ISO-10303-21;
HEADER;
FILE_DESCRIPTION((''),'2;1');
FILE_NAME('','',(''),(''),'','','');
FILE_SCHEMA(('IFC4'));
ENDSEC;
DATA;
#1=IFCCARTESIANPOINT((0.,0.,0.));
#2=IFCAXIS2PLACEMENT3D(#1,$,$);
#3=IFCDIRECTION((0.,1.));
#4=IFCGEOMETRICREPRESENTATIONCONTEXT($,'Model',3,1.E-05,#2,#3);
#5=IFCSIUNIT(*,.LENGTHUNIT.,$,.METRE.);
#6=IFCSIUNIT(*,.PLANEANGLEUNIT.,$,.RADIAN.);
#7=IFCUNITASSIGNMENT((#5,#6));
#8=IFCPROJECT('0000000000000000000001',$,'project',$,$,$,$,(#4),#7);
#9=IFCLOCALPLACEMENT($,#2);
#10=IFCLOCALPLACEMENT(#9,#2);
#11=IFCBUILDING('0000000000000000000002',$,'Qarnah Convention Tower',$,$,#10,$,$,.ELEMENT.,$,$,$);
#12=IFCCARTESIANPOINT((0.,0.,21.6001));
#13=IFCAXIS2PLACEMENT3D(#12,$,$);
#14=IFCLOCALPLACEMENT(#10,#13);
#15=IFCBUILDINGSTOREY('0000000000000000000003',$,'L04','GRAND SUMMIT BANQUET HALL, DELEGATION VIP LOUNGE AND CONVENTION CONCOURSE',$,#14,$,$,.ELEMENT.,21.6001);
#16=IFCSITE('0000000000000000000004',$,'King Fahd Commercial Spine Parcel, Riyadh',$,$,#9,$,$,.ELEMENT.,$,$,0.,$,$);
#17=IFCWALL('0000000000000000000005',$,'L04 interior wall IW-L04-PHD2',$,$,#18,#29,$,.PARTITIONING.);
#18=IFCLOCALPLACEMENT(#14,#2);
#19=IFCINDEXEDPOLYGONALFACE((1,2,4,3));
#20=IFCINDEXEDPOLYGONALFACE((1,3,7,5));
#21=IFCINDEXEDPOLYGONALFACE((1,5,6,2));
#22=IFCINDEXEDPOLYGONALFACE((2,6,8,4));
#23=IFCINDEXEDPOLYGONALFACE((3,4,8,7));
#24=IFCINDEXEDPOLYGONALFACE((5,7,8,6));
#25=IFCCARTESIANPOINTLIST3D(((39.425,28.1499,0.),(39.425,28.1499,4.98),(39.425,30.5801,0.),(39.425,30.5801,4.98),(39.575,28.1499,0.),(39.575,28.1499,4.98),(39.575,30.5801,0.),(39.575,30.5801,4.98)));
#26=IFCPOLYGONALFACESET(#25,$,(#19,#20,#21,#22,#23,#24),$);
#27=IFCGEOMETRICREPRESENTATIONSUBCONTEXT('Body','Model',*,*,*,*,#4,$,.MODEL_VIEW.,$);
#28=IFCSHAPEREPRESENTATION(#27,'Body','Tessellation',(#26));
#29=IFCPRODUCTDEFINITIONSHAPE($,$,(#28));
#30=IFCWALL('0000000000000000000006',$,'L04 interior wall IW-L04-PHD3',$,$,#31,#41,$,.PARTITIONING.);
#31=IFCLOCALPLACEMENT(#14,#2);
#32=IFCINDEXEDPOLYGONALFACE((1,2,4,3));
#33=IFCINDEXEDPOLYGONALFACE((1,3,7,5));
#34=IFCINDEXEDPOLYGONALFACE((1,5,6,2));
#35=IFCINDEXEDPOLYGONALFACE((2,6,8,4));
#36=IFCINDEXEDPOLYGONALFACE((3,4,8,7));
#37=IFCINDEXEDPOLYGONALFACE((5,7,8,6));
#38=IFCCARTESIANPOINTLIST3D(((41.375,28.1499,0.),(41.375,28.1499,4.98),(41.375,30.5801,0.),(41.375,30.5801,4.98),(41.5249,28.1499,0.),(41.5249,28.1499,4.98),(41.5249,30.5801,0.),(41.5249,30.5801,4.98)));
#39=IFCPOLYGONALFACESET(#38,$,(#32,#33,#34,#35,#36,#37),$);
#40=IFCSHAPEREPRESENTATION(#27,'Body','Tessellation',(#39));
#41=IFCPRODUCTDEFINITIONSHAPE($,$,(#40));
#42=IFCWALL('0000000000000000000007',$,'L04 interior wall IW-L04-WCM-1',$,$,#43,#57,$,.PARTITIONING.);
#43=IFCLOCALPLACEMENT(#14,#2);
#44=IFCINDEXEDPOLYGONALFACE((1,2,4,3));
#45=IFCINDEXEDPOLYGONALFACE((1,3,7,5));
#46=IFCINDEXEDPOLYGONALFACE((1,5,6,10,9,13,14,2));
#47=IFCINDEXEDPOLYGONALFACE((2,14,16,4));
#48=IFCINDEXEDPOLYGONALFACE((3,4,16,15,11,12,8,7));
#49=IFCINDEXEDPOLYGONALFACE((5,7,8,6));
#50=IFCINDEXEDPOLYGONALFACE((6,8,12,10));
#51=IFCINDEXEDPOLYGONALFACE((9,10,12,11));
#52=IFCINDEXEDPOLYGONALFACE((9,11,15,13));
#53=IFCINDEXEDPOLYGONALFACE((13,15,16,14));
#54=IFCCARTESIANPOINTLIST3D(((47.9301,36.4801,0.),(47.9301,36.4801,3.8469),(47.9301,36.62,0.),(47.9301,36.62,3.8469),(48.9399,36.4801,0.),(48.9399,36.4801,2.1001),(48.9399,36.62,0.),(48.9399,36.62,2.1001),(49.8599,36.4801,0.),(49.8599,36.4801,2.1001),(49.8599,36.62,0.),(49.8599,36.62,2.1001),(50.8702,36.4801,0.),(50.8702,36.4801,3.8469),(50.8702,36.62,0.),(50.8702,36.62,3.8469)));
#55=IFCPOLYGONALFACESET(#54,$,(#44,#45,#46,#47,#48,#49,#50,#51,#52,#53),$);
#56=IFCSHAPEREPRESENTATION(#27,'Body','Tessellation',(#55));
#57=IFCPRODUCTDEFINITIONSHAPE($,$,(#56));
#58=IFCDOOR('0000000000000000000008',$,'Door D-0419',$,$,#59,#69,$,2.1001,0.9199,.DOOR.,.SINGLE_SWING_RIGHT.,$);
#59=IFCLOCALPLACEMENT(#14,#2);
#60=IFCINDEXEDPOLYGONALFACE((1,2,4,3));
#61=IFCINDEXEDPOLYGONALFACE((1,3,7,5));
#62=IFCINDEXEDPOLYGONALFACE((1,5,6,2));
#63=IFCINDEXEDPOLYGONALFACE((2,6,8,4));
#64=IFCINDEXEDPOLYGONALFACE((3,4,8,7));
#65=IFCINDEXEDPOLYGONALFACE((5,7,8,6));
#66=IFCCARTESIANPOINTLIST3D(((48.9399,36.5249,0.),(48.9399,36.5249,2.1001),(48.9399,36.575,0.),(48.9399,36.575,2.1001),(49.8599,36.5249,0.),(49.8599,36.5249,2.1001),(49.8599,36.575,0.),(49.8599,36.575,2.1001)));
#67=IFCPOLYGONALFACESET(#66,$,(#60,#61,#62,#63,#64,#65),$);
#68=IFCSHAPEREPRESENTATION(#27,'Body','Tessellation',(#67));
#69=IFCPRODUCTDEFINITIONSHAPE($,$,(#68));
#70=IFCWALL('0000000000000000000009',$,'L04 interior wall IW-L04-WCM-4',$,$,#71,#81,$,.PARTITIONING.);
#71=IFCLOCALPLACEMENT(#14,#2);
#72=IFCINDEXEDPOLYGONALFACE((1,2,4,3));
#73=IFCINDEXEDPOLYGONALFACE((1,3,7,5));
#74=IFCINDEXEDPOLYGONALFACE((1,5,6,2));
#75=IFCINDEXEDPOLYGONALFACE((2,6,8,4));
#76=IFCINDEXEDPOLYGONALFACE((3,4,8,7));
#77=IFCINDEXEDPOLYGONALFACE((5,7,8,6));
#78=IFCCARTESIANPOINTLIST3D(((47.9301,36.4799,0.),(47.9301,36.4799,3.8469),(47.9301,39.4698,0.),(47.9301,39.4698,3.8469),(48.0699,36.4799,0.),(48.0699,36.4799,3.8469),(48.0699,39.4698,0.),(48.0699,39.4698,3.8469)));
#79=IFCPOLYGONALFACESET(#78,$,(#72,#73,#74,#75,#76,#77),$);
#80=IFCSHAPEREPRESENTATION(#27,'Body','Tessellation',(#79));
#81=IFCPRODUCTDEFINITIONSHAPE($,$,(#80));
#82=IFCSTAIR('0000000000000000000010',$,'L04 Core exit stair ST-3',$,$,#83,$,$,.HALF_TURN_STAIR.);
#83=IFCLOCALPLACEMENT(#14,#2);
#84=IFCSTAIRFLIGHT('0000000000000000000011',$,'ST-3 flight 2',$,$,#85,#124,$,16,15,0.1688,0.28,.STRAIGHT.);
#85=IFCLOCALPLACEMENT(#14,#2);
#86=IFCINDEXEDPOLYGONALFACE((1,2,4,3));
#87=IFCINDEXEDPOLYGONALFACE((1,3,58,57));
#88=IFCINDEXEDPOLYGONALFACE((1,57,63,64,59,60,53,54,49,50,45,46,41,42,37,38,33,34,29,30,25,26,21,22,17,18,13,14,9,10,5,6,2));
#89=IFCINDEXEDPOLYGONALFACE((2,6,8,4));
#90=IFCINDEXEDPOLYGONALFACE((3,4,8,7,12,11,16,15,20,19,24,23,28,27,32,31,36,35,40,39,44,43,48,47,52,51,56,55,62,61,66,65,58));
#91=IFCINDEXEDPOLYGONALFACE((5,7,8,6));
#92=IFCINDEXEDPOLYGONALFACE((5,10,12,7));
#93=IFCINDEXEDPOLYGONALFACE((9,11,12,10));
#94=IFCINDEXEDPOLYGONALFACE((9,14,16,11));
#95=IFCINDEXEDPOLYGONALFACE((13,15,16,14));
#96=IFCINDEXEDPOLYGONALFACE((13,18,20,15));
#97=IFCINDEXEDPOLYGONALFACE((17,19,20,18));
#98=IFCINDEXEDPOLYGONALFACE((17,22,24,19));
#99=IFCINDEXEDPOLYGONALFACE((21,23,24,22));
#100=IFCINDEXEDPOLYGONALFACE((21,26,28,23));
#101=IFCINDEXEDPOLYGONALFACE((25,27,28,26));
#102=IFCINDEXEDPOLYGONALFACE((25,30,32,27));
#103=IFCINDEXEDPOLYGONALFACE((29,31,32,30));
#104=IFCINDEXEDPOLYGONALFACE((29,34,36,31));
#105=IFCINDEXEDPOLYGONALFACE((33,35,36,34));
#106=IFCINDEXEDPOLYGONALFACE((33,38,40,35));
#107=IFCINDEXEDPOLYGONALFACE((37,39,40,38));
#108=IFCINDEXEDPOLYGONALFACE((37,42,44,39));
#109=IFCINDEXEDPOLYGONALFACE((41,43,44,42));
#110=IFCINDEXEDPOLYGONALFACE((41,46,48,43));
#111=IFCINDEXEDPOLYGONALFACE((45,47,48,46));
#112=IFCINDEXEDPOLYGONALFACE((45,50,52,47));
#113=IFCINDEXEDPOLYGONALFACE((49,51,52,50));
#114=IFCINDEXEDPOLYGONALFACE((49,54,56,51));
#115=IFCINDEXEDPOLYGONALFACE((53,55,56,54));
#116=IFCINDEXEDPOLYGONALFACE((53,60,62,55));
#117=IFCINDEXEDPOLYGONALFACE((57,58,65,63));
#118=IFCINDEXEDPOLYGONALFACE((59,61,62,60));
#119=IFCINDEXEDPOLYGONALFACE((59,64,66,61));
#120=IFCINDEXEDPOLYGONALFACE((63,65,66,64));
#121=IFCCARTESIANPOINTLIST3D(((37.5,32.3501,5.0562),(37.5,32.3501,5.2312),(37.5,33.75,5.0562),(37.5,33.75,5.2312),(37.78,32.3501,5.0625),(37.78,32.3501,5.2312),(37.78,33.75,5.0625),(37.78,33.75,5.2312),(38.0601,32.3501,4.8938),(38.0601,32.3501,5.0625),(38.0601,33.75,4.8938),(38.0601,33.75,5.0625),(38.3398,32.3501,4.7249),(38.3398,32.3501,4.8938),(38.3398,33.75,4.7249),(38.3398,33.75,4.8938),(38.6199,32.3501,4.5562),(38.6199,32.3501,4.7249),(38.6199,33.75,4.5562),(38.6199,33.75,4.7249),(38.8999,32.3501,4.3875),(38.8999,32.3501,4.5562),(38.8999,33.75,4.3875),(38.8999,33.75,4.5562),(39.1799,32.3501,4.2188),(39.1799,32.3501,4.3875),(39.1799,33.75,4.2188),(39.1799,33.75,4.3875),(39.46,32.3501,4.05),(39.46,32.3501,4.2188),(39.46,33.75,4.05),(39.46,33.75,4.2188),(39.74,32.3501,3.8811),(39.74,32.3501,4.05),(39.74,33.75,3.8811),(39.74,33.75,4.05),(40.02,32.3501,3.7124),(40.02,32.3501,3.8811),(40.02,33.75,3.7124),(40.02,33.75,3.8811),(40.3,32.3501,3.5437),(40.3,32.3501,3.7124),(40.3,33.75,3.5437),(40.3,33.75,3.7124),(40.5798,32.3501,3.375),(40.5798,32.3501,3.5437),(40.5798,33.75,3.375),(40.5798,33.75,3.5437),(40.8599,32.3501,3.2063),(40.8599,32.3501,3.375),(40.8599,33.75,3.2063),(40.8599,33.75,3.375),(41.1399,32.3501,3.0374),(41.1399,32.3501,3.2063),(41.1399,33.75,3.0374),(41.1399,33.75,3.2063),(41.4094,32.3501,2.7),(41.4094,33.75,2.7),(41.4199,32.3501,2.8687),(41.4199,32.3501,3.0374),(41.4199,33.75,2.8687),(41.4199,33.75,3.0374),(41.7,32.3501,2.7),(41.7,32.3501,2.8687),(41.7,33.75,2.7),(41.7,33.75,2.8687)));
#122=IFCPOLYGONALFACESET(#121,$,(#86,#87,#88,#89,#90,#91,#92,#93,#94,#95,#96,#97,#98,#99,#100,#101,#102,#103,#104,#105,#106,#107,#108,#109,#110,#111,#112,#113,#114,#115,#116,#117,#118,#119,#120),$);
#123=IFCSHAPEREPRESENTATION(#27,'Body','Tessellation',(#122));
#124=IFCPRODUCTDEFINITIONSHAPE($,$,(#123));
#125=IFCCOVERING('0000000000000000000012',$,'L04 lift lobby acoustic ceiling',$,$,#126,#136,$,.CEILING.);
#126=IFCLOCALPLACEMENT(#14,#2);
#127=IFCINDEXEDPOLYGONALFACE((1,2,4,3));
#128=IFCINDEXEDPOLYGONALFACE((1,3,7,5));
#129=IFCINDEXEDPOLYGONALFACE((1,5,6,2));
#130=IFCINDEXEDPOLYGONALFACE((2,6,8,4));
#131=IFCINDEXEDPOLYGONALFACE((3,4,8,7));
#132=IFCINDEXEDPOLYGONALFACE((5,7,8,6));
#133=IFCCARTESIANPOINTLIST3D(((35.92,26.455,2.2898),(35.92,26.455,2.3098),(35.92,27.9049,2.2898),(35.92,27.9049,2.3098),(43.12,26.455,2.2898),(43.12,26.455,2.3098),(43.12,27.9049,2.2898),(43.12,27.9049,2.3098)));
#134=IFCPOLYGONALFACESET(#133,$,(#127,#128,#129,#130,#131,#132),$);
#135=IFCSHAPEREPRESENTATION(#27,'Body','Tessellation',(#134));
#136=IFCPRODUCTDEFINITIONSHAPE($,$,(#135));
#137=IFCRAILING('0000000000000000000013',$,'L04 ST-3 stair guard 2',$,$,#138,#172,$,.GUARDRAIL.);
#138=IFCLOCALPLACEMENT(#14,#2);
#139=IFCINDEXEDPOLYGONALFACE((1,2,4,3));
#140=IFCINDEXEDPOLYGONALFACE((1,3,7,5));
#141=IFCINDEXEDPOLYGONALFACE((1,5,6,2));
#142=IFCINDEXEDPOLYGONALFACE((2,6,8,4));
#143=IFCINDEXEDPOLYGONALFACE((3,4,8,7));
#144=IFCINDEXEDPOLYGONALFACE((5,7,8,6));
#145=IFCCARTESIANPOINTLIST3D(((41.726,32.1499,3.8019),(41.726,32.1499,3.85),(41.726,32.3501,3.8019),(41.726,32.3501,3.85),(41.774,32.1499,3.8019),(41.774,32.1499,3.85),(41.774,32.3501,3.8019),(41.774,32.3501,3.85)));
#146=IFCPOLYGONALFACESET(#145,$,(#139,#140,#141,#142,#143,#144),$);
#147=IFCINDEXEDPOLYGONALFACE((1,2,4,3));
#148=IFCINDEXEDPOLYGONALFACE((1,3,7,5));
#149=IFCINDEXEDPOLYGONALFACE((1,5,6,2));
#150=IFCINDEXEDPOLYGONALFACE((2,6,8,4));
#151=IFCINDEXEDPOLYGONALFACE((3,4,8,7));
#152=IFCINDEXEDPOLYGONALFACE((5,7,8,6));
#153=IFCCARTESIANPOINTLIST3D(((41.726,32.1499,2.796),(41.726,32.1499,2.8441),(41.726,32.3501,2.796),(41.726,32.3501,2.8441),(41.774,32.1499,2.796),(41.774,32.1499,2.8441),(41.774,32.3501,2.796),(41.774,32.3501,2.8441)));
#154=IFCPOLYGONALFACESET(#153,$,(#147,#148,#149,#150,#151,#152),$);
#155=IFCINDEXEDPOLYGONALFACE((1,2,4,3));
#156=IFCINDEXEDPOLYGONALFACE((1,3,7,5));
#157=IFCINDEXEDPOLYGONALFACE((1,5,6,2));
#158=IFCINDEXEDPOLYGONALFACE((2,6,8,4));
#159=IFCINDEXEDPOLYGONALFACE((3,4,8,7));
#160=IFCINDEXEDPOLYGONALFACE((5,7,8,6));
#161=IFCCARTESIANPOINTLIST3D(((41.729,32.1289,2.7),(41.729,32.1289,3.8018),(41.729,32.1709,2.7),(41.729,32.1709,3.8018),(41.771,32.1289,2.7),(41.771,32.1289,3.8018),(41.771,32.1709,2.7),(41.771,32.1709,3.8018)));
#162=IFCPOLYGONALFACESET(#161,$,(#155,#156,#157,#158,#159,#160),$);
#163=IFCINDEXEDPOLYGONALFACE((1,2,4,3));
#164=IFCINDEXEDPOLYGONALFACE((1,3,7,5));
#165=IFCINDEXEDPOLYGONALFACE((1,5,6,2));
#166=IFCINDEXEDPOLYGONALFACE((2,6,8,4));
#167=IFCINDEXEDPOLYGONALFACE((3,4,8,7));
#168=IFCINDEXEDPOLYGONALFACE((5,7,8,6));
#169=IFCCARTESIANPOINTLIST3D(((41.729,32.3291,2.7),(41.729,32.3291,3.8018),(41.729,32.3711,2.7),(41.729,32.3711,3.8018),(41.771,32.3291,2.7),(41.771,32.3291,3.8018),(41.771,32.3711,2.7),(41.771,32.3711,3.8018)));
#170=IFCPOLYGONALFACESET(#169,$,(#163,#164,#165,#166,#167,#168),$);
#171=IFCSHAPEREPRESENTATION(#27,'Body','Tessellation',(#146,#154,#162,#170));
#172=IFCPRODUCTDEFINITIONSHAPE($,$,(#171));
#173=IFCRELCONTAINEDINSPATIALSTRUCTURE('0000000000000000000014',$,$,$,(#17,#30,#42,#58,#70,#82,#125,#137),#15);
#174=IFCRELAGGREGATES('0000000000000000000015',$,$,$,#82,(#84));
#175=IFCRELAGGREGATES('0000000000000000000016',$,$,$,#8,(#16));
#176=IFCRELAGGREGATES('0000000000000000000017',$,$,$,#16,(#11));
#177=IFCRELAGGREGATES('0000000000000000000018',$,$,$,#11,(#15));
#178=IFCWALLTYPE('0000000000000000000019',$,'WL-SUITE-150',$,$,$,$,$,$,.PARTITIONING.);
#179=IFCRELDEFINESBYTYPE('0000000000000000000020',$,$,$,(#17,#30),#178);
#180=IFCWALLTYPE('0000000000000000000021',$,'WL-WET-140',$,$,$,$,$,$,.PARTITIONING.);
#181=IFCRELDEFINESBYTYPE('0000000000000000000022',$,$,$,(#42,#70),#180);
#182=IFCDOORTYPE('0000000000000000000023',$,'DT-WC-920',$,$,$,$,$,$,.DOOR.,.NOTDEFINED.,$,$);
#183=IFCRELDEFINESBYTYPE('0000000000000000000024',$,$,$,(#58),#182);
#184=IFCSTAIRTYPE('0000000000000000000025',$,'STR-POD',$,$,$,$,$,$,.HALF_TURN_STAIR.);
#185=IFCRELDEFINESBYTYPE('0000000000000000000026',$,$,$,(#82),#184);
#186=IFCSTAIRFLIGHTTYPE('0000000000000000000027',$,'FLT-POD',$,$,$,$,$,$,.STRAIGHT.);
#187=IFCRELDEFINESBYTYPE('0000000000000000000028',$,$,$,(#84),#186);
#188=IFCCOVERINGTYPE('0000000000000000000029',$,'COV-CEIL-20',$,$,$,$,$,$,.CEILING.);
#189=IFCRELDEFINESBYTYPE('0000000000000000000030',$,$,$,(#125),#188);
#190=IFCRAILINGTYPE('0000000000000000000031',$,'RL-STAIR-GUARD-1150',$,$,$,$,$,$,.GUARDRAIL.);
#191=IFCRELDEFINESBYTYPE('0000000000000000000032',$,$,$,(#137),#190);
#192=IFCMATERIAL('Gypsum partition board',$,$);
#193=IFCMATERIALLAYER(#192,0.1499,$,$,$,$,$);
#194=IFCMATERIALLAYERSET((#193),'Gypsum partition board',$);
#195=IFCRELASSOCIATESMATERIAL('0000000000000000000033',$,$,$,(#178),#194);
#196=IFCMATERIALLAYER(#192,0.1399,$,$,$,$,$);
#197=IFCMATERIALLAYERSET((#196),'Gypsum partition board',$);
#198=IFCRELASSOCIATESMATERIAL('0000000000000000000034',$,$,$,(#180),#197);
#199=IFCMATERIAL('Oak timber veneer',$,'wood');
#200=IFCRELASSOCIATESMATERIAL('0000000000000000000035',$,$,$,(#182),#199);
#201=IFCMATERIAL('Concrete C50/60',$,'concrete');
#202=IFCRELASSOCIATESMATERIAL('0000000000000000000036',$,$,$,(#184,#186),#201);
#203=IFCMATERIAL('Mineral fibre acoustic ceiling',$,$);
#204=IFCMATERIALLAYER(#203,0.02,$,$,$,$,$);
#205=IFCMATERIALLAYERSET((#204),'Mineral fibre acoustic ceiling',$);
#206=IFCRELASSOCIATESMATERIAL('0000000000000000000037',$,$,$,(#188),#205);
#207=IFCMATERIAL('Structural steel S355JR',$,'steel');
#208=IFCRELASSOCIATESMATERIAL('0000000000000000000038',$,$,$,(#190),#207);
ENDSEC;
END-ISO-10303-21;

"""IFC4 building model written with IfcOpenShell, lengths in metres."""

from ifc_helpers import new_model, si_unit, direction, frame, frame_2d, origin, origin_2d, place, context, subcontext, project, spatial, polyline, rectangle, outline, extrude, material, layer, layer_set, type_object, element, fill, aggregate, save


model = new_model("IFC4")

# Units and contexts
model_context = context("Model", 3, precision=1e-05, world=origin(), true_north=direction((0.0, 1.0)))
body_context = subcontext(model_context, "Body", "Model", "MODEL_VIEW")
ifc_project = project(units=[si_unit("LENGTHUNIT", "METRE"), si_unit("PLANEANGLEUNIT", "RADIAN")], contexts=[model_context])

# Site, building, storey
site_placement = place(None, origin())
site = spatial("IfcSite", under=ifc_project, at=site_placement, Name="King Fahd Commercial Spine Parcel, Riyadh", CompositionType="ELEMENT", RefElevation=0.0)
building_placement = place(site_placement, origin())
building = spatial("IfcBuilding", under=site, at=building_placement, Name="Qarnah Convention Tower", CompositionType="ELEMENT")
storey_placement = place(building_placement, frame((0.0, 0.0, 21.6001)))
storey = spatial("IfcBuildingStorey", under=building, at=storey_placement, Name="L04", Description="GRAND SUMMIT BANQUET HALL, DELEGATION VIP LOUNGE AND CONVENTION CONCOURSE", CompositionType="ELEMENT", Elevation=21.6001)

# Shared definitions
ifc_material_1 = material(Name="Structural steel S355JR", Category="steel")

# Shared definitions
ifc_material_2 = material(Name="Gypsum partition board")
ifc_material_3 = material(Name="Oak timber veneer", Category="wood")

# Walls
ifc_layer_1 = layer(ifc_material_2, 0.1499)
ifc_layer_set_1 = layer_set([ifc_layer_1], Name="Gypsum partition board")
wall_type_1 = type_object("IfcWallType", Name="WL-SUITE-150", PredefinedType="PARTITIONING", material=ifc_layer_set_1)
for number, where, z_axis, x_axis, name in (
    (1, (39.5, 28.1499, 0.0), (0.0, 0.0, 1.0), (0.0, 1.0, 0.0), "L04 interior wall IW-L04-PHD2"),
    (2, (41.45, 28.1499, 0.0), (0.0, 0.0, 1.0), (0.0, 1.0, 0.0), "L04 interior wall IW-L04-PHD3"),
):
    element("IfcWall", number, at=place(storey_placement, frame(where, z_axis=z_axis, x_axis=x_axis)), inside=storey, type_object=wall_type_1, Name=name, PredefinedType="PARTITIONING", context=body_context, shape_type="SweptSolid", body=[
        extrude(rectangle(XDim=2.4302, YDim=0.1499, at=frame_2d((1.2151, 0.0))), origin(), (0.0, 0.0, 1.0), 4.98),
    ])

# Wall, opening, door
ifc_layer_2 = layer(ifc_material_2, 0.1399)
ifc_layer_set_2 = layer_set([ifc_layer_2], Name="Gypsum partition board")
wall_type_2 = type_object("IfcWallType", Name="WL-WET-140", PredefinedType="PARTITIONING", material=ifc_layer_set_2)
wall_1_placement = place(storey_placement, frame((47.9299, 36.55, 0.0), z_axis=(0.0, 0.0, 1.0), x_axis=(1.0, 0.0, 0.0)))
wall_1 = element("IfcWall", 3, at=wall_1_placement, inside=storey, type_object=wall_type_2, Name="L04 interior wall IW-L04-WCM-1", PredefinedType="PARTITIONING", context=body_context, shape_type="SweptSolid", body=[
    extrude(rectangle(XDim=2.9402, YDim=0.1399, at=frame_2d((1.4702, 0.0))), origin(), (0.0, 0.0, 1.0), 3.8469),
])
opening_1_placement = place(wall_1_placement, frame((1.01, 0.0, 0.0)))
opening_1 = element("IfcOpeningElement", 4, at=opening_1_placement, cuts=wall_1, PredefinedType="OPENING", context=body_context, shape_type="SweptSolid", body=[
    extrude(rectangle(XDim=0.9199, YDim=2.1001, at=frame_2d((0.46, 1.05))), frame((0.0, 0.0798, 0.0), z_axis=(0.0, -1.0, 0.0), x_axis=(1.0, 0.0, 0.0)), (0.0, 0.0, 1.0), 0.1599),
])
door_type_1 = type_object("IfcDoorType", Name="DT-WC-920", OperationType="NOTDEFINED", PredefinedType="DOOR", material=ifc_material_3)
door_1_placement = place(opening_1_placement, origin())
door_1 = element("IfcDoor", 5, at=door_1_placement, inside=storey, type_object=door_type_1, Name="Door D-0419", OperationType="SINGLE_SWING_RIGHT", OverallHeight=2.1001, OverallWidth=0.9199, PredefinedType="DOOR", context=body_context, shape_type="SweptSolid", body=[
    extrude(rectangle(XDim=0.9199, YDim=2.1001, at=frame_2d((0.46, 1.05))), frame((0.0, 0.0249, 0.0), z_axis=(0.0, -1.0, 0.0), x_axis=(1.0, 0.0, 0.0)), (0.0, 0.0, 1.0), 0.05),
])
fill(opening_1, door_1)

# Wall
wall_2_placement = place(storey_placement, frame((48.0, 39.47, 0.0), z_axis=(0.0, 0.0, 1.0), x_axis=(0.0, -1.0, 0.0)))
element("IfcWall", 6, at=wall_2_placement, inside=storey, type_object=wall_type_2, Name="L04 interior wall IW-L04-WCM-4", PredefinedType="PARTITIONING", context=body_context, shape_type="SweptSolid", body=[
    extrude(rectangle(XDim=2.99, YDim=0.1399, at=frame_2d((1.4951, 0.0))), origin(), (0.0, 0.0, 1.0), 3.8469),
])

# Stair, stair flight
ifc_material_4 = material(Name="Concrete C50/60", Category="concrete")
stair_type = type_object("IfcStairType", Name="STR-POD", PredefinedType="HALF_TURN_STAIR", material=ifc_material_4)
stair_placement = place(storey_placement, origin())
stair = element("IfcStair", 7, at=stair_placement, inside=storey, type_object=stair_type, Name="L04 Core exit stair ST-3", PredefinedType="HALF_TURN_STAIR")
stair_flight_type = type_object("IfcStairFlightType", Name="FLT-POD", PredefinedType="STRAIGHT", material=ifc_material_4)
stair_flight_placement = place(storey_placement, frame((41.7, 33.05, 2.7), z_axis=(0.0, 0.0, 1.0), x_axis=(-1.0, 0.0, 0.0)))
stair_flight = element("IfcStairFlight", 8, at=stair_flight_placement, type_object=stair_flight_type, Name="ST-3 flight 2", NumberOfRisers=16, NumberOfTreads=15, PredefinedType="STRAIGHT", RiserHeight=0.1688, TreadLength=0.28, context=body_context, shape_type="SweptSolid", body=[
    extrude(outline(polyline([(0.0, 0.0), (0.0, 0.1687), (0.28, 0.1687), (0.28, 0.3374), (0.5601, 0.3374), (0.5601, 0.5063), (0.8401, 0.5063), (0.8401, 0.675), (1.1201, 0.675), (1.1201, 0.8438), (1.3999, 0.8438), (1.3999, 1.0125), (1.6799, 1.0125), (1.6799, 1.1812), (1.96, 1.1812), (1.96, 1.3501), (2.24, 1.3501), (2.24, 1.5188), (2.52, 1.5188), (2.52, 1.6875), (2.8, 1.6875), (2.8, 1.8562), (3.0801, 1.8562), (3.0801, 2.0249), (3.3601, 2.0249), (3.3601, 2.1938), (3.6399, 2.1938), (3.6399, 2.3625), (3.9199, 2.3625), (3.9199, 2.5312), (4.2, 2.5312), (4.2, 2.7), (4.2, 2.3562), (0.2905, 0.0), (0.0, 0.0)])), frame((0.0, 0.7, 0.0), z_axis=(0.0, -1.0, 0.0), x_axis=(1.0, 0.0, 0.0)), (0.0, 0.0, 1.0), 1.3999),
])
aggregate(stair, [stair_flight])

# Covering
ifc_material_5 = material(Name="Mineral fibre acoustic ceiling")
ifc_layer_3 = layer(ifc_material_5, 0.02)
ifc_layer_set_3 = layer_set([ifc_layer_3], Name="Mineral fibre acoustic ceiling")
covering_type = type_object("IfcCoveringType", Name="COV-CEIL-20", PredefinedType="CEILING", material=ifc_layer_set_3)
covering_placement = place(storey_placement, frame((39.52, 27.1799, 2.2898), z_axis=(0.0, 0.0, 1.0), x_axis=(1.0, 0.0, 0.0)))
element("IfcCovering", 9, at=covering_placement, inside=storey, type_object=covering_type, Name="L04 lift lobby acoustic ceiling", PredefinedType="CEILING", context=body_context, shape_type="SweptSolid", body=[
    extrude(rectangle(XDim=7.2, YDim=1.45, at=origin_2d()), origin(), (0.0, 0.0, 1.0), 0.02),
])

# Railing
railing_type_1 = type_object("IfcRailingType", Name="RL-STAIR-GUARD-1150", PredefinedType="GUARDRAIL", material=ifc_material_1)
railing_1_placement = place(storey_placement, frame((41.75, 32.1499, 2.7)))
element("IfcRailing", 10, at=railing_1_placement, inside=storey, type_object=railing_type_1, Name="L04 ST-3 stair guard 2", PredefinedType="GUARDRAIL", context=body_context, shape_type="SweptSolid", body=[
    extrude(rectangle(XDim=0.0481, YDim=0.0481, at=origin_2d()), frame((0.0, 0.0, 1.126), z_axis=(0.0, 1.0, 0.0), x_axis=(-1.0, 0.0, 0.0)), (0.0, 0.0, 1.0), 0.2002),
    extrude(rectangle(XDim=0.0481, YDim=0.0481, at=origin_2d()), frame((0.0, 0.0, 0.1201), z_axis=(0.0, 1.0, 0.0), x_axis=(-1.0, 0.0, 0.0)), (0.0, 0.0, 1.0), 0.2002),
    extrude(rectangle(XDim=0.042, YDim=0.042, at=origin_2d()), origin(), (0.0, 0.0, 1.0), 1.1018),
    extrude(rectangle(XDim=0.042, YDim=0.042, at=origin_2d()), frame((0.0, 0.2002, 0.0)), (0.0, 0.0, 1.0), 1.1018),
])

save(model, "model.ifc")
